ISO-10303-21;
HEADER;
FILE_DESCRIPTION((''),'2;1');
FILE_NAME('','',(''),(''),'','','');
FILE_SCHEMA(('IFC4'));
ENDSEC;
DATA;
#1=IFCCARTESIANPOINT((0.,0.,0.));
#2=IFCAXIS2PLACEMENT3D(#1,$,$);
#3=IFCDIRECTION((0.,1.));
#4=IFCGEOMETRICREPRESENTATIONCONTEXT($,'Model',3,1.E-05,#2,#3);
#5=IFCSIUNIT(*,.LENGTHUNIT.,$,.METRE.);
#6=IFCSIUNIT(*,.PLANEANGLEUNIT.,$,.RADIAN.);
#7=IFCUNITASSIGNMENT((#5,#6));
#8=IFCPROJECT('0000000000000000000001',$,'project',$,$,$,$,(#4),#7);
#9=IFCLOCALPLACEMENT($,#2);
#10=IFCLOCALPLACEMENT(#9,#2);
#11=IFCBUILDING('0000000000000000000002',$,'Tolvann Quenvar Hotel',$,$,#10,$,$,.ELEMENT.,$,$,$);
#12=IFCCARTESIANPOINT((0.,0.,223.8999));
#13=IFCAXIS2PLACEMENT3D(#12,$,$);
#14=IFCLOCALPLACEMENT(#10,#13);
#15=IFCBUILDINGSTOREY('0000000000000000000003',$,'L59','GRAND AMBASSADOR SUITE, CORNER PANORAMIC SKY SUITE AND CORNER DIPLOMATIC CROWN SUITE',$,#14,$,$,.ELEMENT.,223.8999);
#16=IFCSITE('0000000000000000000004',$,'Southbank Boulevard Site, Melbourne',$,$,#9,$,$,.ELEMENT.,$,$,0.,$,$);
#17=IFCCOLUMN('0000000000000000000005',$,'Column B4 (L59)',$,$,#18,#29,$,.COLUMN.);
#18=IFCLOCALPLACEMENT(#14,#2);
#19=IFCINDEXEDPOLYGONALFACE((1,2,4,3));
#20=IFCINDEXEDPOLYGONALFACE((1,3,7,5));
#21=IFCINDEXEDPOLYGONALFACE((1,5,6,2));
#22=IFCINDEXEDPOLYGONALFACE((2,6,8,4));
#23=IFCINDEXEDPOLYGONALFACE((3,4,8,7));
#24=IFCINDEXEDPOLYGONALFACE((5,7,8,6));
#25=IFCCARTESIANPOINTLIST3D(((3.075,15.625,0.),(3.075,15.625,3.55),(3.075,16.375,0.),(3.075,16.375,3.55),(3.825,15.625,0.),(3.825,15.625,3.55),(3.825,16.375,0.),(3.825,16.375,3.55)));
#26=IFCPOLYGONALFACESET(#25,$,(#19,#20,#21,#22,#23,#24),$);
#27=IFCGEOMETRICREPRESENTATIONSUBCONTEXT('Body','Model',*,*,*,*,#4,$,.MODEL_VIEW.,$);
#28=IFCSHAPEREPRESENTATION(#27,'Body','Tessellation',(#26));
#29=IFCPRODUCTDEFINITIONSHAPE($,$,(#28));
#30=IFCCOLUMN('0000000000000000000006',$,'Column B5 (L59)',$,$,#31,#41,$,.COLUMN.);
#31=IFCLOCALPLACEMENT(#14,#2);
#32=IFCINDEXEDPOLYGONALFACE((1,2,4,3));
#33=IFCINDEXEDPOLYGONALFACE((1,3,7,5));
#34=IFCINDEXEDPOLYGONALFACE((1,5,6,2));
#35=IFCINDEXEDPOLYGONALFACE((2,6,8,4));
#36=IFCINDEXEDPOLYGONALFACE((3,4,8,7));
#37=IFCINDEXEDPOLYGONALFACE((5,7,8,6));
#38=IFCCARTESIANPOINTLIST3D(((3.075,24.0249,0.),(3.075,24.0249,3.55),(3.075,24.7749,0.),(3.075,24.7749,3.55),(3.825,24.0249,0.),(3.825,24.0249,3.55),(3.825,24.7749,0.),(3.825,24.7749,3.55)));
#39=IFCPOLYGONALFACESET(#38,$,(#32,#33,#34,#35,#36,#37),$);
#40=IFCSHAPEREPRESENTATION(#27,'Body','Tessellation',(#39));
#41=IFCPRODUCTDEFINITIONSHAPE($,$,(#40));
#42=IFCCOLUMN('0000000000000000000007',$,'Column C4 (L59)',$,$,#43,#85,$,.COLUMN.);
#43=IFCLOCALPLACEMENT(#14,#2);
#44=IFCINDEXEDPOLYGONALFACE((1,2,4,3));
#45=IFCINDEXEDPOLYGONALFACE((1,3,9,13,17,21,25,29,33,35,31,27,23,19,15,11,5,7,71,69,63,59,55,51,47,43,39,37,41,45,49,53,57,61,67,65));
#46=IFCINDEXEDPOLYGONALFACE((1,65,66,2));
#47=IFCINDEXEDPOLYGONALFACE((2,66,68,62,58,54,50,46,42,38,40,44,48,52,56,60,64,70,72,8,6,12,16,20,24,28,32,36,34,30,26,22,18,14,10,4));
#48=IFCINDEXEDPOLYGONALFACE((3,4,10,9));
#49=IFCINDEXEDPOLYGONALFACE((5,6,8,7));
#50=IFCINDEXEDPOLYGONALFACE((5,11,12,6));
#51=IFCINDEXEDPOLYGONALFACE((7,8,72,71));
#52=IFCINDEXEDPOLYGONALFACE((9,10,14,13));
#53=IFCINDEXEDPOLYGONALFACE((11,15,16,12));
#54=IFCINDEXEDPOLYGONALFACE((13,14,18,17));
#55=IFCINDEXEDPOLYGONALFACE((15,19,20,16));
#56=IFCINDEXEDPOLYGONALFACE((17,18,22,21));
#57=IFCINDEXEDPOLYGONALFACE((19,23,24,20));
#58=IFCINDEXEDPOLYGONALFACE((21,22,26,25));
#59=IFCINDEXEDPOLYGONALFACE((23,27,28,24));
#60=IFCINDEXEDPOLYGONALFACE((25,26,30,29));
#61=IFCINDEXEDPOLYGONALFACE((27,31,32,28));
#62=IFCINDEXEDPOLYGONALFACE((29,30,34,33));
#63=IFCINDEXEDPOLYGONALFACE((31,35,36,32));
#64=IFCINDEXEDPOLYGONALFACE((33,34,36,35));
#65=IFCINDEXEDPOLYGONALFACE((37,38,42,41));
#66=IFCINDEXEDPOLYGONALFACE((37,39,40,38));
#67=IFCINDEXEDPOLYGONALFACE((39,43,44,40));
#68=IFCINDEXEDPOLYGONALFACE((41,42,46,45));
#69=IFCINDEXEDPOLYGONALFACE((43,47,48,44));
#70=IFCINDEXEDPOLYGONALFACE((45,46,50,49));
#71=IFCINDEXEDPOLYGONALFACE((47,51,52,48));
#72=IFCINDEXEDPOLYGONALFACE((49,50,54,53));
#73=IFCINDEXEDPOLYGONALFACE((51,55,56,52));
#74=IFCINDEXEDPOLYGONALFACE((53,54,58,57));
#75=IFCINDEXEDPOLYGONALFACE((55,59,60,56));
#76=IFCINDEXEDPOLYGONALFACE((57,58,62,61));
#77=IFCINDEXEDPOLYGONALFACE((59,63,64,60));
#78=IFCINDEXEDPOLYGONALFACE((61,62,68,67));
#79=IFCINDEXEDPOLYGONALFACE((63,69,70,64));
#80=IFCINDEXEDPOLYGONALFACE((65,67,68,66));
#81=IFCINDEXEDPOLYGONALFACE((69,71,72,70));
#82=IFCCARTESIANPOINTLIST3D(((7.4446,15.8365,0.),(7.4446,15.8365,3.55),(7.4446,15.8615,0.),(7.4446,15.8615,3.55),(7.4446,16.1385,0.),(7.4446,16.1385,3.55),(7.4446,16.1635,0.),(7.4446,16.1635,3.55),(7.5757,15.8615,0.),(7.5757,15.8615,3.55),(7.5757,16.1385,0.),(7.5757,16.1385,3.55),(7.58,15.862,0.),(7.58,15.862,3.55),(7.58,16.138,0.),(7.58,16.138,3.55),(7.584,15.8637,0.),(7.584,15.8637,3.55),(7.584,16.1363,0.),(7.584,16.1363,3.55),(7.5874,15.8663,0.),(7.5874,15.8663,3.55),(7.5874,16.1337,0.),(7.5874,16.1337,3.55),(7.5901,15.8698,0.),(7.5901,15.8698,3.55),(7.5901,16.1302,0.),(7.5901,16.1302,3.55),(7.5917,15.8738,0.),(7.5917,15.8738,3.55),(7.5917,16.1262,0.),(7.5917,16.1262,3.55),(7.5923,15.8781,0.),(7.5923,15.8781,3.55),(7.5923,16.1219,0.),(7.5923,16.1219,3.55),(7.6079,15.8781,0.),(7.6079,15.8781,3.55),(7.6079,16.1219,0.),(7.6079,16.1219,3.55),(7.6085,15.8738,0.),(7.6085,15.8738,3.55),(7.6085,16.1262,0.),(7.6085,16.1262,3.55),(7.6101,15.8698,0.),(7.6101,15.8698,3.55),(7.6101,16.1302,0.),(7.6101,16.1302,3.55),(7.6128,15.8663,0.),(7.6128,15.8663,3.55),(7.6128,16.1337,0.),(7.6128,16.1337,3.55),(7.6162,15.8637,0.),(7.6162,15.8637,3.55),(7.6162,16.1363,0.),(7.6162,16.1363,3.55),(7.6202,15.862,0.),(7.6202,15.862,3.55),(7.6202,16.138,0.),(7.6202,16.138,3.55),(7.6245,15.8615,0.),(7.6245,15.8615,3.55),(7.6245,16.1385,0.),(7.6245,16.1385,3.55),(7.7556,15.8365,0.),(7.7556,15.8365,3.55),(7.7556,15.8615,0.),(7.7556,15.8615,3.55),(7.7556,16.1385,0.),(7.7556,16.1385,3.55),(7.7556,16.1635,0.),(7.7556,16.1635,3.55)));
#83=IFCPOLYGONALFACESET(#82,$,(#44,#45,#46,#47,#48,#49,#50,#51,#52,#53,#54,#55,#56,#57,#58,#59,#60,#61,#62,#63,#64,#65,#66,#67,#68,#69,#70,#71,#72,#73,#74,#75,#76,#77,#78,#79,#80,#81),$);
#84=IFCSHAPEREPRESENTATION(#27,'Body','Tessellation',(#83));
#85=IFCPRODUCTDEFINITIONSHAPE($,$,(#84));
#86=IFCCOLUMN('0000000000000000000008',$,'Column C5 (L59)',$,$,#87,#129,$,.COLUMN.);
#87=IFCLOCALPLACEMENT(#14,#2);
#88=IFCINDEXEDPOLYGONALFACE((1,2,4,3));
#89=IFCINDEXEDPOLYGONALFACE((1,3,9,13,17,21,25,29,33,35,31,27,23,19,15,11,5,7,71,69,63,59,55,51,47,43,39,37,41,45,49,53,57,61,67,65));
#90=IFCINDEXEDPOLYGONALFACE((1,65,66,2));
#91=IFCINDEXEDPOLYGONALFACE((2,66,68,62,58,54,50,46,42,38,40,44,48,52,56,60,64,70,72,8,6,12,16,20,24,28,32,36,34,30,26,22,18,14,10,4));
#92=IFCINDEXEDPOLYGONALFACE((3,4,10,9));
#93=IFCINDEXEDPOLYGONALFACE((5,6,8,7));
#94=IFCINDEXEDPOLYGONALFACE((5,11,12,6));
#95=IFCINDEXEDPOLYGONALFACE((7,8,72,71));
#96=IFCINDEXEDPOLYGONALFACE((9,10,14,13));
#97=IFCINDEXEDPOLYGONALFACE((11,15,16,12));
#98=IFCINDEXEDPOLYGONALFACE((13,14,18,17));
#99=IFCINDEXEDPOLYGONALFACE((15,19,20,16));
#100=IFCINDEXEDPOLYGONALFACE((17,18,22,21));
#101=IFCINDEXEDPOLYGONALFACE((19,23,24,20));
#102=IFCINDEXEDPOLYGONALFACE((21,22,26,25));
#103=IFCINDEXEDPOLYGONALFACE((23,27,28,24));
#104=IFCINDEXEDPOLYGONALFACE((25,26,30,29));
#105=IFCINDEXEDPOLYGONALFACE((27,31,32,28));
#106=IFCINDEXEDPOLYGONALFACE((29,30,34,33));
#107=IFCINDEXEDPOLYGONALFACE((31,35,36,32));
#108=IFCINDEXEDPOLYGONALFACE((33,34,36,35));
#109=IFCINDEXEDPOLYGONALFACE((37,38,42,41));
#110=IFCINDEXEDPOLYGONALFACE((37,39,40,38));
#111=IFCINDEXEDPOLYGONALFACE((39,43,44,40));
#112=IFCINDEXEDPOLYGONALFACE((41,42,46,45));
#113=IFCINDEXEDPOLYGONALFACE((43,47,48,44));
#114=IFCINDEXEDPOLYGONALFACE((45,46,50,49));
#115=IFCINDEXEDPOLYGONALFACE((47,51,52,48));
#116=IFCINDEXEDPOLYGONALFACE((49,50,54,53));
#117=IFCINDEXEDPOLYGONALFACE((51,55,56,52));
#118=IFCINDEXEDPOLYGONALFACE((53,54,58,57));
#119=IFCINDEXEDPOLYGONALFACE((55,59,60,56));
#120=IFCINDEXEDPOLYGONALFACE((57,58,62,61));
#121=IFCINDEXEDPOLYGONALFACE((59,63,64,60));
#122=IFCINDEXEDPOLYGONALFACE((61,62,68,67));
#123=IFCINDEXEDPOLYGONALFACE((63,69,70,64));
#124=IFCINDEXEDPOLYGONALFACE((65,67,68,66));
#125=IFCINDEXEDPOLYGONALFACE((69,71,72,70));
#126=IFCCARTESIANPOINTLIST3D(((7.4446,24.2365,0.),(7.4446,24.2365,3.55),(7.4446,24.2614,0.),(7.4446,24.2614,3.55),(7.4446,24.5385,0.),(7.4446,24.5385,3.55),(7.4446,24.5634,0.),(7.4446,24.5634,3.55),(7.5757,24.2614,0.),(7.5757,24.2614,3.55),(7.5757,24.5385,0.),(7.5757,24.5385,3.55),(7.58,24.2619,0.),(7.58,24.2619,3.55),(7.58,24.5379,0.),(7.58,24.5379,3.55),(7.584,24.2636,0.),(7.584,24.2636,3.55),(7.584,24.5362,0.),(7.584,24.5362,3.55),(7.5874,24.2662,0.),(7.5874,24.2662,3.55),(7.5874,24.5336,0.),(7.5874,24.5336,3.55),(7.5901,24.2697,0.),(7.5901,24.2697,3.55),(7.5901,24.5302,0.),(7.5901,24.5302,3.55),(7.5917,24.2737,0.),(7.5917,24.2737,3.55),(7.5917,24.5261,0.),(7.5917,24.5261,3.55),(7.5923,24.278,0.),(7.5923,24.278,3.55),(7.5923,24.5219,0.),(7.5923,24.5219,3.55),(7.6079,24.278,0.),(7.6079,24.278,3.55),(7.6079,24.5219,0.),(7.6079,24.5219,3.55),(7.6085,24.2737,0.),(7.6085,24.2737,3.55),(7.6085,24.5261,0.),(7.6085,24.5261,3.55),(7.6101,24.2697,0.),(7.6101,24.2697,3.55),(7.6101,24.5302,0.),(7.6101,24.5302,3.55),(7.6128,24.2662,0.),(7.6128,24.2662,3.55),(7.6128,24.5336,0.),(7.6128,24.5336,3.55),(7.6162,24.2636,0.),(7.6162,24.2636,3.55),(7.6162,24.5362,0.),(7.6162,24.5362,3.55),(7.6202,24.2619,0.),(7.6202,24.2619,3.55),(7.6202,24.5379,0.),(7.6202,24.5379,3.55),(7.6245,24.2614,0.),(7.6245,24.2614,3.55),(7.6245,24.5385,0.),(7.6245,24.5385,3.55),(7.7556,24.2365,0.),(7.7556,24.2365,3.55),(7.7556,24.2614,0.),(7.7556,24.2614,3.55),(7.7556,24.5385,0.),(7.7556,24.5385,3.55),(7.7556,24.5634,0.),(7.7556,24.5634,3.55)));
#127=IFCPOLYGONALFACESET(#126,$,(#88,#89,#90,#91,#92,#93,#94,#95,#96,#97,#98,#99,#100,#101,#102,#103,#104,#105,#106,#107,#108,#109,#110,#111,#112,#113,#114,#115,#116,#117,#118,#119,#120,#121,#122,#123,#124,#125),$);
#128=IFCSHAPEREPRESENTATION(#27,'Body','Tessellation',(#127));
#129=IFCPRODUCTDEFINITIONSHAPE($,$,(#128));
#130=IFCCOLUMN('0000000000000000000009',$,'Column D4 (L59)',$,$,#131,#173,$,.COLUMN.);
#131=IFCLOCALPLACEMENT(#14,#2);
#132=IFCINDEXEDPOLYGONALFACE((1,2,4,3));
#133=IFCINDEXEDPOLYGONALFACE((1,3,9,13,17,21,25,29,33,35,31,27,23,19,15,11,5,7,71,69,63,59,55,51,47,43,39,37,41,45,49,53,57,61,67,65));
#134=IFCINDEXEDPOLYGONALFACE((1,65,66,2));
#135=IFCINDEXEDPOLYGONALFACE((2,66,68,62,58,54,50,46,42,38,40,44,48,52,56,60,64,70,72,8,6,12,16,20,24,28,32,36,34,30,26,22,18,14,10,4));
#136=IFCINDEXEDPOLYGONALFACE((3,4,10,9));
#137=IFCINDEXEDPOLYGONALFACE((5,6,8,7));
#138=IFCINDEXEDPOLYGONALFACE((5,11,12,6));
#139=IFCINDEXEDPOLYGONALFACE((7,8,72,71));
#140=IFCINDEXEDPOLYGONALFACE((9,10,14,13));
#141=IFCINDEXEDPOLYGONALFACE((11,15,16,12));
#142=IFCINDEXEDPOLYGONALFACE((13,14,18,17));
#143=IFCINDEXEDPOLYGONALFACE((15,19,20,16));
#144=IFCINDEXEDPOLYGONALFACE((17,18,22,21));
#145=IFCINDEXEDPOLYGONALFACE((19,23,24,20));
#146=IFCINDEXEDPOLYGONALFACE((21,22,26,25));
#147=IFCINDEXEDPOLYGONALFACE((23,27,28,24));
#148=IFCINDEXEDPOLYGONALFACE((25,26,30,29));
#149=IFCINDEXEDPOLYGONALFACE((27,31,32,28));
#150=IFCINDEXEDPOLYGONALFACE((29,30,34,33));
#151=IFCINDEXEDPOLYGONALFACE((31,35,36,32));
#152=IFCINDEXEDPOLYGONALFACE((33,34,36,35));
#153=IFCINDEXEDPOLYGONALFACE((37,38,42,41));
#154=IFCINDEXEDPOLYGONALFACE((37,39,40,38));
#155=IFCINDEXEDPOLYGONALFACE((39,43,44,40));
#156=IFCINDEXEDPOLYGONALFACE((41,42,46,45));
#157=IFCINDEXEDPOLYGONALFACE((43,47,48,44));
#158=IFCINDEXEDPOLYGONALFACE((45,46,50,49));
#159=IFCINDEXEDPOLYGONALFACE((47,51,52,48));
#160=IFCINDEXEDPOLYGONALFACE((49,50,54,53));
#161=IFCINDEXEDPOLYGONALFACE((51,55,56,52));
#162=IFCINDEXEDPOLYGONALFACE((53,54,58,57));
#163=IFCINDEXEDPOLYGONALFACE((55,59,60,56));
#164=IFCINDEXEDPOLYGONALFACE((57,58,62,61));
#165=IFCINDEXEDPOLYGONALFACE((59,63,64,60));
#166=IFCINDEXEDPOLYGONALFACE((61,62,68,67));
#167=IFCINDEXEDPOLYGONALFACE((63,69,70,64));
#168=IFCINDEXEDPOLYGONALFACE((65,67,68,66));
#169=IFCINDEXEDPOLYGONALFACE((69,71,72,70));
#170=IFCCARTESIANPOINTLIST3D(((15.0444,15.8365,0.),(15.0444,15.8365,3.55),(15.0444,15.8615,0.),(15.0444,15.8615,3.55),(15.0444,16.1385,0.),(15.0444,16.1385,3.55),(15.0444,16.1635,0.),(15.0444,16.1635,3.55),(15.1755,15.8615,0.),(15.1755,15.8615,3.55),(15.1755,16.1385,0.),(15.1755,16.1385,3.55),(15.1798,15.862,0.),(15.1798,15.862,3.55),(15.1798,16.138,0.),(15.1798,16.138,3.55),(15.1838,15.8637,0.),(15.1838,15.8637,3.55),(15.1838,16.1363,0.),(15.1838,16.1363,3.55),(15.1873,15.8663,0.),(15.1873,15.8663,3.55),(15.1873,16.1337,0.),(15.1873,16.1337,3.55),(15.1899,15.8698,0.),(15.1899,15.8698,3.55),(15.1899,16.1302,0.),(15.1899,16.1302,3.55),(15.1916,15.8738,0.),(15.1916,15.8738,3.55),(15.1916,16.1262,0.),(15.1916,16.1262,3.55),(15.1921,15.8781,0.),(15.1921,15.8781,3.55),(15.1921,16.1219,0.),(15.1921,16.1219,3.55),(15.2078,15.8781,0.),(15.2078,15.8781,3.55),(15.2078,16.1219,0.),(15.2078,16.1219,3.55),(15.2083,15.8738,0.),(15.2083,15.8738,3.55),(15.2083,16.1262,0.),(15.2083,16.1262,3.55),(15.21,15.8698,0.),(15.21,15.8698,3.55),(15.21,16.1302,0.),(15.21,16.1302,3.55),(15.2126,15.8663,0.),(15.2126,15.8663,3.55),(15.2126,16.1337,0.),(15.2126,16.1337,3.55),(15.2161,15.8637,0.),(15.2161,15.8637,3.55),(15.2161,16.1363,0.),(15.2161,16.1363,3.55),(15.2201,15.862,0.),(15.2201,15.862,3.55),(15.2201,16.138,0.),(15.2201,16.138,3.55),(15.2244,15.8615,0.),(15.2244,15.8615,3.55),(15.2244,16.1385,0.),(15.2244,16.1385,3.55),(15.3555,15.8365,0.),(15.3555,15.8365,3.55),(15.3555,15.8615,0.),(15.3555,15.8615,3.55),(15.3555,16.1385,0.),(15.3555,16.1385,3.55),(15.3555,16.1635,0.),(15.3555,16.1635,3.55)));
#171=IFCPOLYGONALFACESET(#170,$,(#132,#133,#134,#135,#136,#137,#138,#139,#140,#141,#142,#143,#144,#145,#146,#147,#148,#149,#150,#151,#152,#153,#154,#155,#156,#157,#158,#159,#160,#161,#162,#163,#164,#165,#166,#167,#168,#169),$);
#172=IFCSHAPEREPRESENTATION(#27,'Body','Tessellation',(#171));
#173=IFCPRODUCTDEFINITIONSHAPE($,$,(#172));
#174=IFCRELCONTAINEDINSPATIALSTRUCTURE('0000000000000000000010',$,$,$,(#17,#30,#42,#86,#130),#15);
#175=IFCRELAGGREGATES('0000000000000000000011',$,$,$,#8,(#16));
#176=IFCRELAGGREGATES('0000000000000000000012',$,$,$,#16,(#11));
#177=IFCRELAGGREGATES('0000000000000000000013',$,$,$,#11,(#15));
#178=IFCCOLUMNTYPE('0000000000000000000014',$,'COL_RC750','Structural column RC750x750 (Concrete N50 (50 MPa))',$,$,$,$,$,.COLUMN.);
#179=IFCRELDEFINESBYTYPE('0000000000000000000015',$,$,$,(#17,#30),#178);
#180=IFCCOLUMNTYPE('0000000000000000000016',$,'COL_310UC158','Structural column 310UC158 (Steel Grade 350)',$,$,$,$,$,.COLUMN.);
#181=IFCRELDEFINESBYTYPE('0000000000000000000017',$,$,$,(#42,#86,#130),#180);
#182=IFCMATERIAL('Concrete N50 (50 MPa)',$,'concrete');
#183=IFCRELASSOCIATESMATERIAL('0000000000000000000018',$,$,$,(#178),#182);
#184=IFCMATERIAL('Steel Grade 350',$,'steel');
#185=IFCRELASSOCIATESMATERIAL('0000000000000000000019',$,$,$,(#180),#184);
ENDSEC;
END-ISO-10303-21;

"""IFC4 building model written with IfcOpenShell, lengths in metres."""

from ifc_helpers import new_model, si_unit, direction, frame, origin, origin_2d, place, context, subcontext, project, spatial, rectangle, i_section, extrude, source, transform, mapped, material, material_profile, profile_set, type_object, type_shapes, element, save


model = new_model("IFC4")

# Units and contexts
model_context = context("Model", 3, precision=1e-05, world=origin(), true_north=direction((0.0, 1.0)))
body_context = subcontext(model_context, "Body", "Model", "MODEL_VIEW")
ifc_project = project(units=[si_unit("LENGTHUNIT", "METRE"), si_unit("PLANEANGLEUNIT", "RADIAN")], contexts=[model_context])

# Site, building, storey
site_placement = place(None, origin())
site = spatial("IfcSite", under=ifc_project, at=site_placement, Name="Southbank Boulevard Site, Melbourne", CompositionType="ELEMENT", RefElevation=0.0)
building_placement = place(site_placement, origin())
building = spatial("IfcBuilding", under=site, at=building_placement, Name="Tolvann Quenvar Hotel", CompositionType="ELEMENT")
storey_placement = place(building_placement, frame((0.0, 0.0, 223.8999)))
storey = spatial("IfcBuildingStorey", under=building, at=storey_placement, Name="L59", Description="GRAND AMBASSADOR SUITE, CORNER PANORAMIC SKY SUITE AND CORNER DIPLOMATIC CROWN SUITE", CompositionType="ELEMENT", Elevation=223.8999)

# Columns
ifc_material_1 = material(Name="Concrete N50 (50 MPa)", Category="concrete")
ifc_material_profile_1 = material_profile(ifc_material_1, rectangle(XDim=0.75, YDim=0.75, at=origin_2d()), Name="RC750x750")
ifc_profile_set_1 = profile_set([ifc_material_profile_1], Name="Concrete N50 (50 MPa)")
column_type_1 = type_object("IfcColumnType", Name="COL_RC750", Description="Structural column RC750x750 (Concrete N50 (50 MPa))", PredefinedType="COLUMN", material=ifc_profile_set_1)
shared_shape_1 = source(origin(), body_context, "Body", "SweptSolid", [
    extrude(rectangle(XDim=0.75, YDim=0.75, at=origin_2d()), origin(), (0.0, 0.0, 1.0), 3.55),
])
type_shapes(column_type_1, [shared_shape_1])
for number, where, z_axis, x_axis, name in (
    (1, (3.45, 16.0, 0.0), (0.0, 0.0, 1.0), (1.0, 0.0, 0.0), "Column B4 (L59)"),
    (2, (3.45, 24.3999, 0.0), (0.0, 0.0, 1.0), (1.0, 0.0, 0.0), "Column B5 (L59)"),
):
    element("IfcColumn", number, at=place(storey_placement, frame(where, z_axis=z_axis, x_axis=x_axis)), inside=storey, type_object=column_type_1, Name=name, PredefinedType="COLUMN", context=body_context, shape_type="MappedRepresentation", body=[
        mapped(shared_shape_1, transform((0.0, 0.0, 0.0), x_axis=(1.0, 0.0, 0.0), y_axis=(0.0, 1.0, 0.0), z_axis=(0.0, 0.0, 1.0), scale=1.0)),
    ])
ifc_material_2 = material(Name="Steel Grade 350", Category="steel")
ifc_material_profile_2 = material_profile(ifc_material_2, i_section(OverallWidth=0.311, OverallDepth=0.3269, WebThickness=0.0156, FlangeThickness=0.0249, FilletRadius=0.0166, at=origin_2d()), Name="310UC158")
ifc_profile_set_2 = profile_set([ifc_material_profile_2], Name="Steel Grade 350")
column_type_2 = type_object("IfcColumnType", Name="COL_310UC158", Description="Structural column 310UC158 (Steel Grade 350)", PredefinedType="COLUMN", material=ifc_profile_set_2)
shared_shape_2 = source(origin(), body_context, "Body", "SweptSolid", [
    extrude(i_section(OverallWidth=0.311, OverallDepth=0.3269, WebThickness=0.0156, FlangeThickness=0.0249, FilletRadius=0.0166, at=origin_2d()), origin(), (0.0, 0.0, 1.0), 3.55),
])
type_shapes(column_type_2, [shared_shape_2])
for number, where, z_axis, x_axis, name in (
    (3, (7.6001, 16.0, 0.0), (0.0, 0.0, 1.0), (1.0, 0.0, 0.0), "Column C4 (L59)"),
    (4, (7.6001, 24.3999, 0.0), (0.0, 0.0, 1.0), (1.0, 0.0, 0.0), "Column C5 (L59)"),
    (5, (15.2, 16.0, 0.0), (0.0, 0.0, 1.0), (1.0, 0.0, 0.0), "Column D4 (L59)"),
):
    element("IfcColumn", number, at=place(storey_placement, frame(where, z_axis=z_axis, x_axis=x_axis)), inside=storey, type_object=column_type_2, Name=name, PredefinedType="COLUMN", context=body_context, shape_type="MappedRepresentation", body=[
        mapped(shared_shape_2, transform((0.0, 0.0, 0.0), x_axis=(1.0, 0.0, 0.0), y_axis=(0.0, 1.0, 0.0), z_axis=(0.0, 0.0, 1.0), scale=1.0)),
    ])

save(model, "model.ifc")
